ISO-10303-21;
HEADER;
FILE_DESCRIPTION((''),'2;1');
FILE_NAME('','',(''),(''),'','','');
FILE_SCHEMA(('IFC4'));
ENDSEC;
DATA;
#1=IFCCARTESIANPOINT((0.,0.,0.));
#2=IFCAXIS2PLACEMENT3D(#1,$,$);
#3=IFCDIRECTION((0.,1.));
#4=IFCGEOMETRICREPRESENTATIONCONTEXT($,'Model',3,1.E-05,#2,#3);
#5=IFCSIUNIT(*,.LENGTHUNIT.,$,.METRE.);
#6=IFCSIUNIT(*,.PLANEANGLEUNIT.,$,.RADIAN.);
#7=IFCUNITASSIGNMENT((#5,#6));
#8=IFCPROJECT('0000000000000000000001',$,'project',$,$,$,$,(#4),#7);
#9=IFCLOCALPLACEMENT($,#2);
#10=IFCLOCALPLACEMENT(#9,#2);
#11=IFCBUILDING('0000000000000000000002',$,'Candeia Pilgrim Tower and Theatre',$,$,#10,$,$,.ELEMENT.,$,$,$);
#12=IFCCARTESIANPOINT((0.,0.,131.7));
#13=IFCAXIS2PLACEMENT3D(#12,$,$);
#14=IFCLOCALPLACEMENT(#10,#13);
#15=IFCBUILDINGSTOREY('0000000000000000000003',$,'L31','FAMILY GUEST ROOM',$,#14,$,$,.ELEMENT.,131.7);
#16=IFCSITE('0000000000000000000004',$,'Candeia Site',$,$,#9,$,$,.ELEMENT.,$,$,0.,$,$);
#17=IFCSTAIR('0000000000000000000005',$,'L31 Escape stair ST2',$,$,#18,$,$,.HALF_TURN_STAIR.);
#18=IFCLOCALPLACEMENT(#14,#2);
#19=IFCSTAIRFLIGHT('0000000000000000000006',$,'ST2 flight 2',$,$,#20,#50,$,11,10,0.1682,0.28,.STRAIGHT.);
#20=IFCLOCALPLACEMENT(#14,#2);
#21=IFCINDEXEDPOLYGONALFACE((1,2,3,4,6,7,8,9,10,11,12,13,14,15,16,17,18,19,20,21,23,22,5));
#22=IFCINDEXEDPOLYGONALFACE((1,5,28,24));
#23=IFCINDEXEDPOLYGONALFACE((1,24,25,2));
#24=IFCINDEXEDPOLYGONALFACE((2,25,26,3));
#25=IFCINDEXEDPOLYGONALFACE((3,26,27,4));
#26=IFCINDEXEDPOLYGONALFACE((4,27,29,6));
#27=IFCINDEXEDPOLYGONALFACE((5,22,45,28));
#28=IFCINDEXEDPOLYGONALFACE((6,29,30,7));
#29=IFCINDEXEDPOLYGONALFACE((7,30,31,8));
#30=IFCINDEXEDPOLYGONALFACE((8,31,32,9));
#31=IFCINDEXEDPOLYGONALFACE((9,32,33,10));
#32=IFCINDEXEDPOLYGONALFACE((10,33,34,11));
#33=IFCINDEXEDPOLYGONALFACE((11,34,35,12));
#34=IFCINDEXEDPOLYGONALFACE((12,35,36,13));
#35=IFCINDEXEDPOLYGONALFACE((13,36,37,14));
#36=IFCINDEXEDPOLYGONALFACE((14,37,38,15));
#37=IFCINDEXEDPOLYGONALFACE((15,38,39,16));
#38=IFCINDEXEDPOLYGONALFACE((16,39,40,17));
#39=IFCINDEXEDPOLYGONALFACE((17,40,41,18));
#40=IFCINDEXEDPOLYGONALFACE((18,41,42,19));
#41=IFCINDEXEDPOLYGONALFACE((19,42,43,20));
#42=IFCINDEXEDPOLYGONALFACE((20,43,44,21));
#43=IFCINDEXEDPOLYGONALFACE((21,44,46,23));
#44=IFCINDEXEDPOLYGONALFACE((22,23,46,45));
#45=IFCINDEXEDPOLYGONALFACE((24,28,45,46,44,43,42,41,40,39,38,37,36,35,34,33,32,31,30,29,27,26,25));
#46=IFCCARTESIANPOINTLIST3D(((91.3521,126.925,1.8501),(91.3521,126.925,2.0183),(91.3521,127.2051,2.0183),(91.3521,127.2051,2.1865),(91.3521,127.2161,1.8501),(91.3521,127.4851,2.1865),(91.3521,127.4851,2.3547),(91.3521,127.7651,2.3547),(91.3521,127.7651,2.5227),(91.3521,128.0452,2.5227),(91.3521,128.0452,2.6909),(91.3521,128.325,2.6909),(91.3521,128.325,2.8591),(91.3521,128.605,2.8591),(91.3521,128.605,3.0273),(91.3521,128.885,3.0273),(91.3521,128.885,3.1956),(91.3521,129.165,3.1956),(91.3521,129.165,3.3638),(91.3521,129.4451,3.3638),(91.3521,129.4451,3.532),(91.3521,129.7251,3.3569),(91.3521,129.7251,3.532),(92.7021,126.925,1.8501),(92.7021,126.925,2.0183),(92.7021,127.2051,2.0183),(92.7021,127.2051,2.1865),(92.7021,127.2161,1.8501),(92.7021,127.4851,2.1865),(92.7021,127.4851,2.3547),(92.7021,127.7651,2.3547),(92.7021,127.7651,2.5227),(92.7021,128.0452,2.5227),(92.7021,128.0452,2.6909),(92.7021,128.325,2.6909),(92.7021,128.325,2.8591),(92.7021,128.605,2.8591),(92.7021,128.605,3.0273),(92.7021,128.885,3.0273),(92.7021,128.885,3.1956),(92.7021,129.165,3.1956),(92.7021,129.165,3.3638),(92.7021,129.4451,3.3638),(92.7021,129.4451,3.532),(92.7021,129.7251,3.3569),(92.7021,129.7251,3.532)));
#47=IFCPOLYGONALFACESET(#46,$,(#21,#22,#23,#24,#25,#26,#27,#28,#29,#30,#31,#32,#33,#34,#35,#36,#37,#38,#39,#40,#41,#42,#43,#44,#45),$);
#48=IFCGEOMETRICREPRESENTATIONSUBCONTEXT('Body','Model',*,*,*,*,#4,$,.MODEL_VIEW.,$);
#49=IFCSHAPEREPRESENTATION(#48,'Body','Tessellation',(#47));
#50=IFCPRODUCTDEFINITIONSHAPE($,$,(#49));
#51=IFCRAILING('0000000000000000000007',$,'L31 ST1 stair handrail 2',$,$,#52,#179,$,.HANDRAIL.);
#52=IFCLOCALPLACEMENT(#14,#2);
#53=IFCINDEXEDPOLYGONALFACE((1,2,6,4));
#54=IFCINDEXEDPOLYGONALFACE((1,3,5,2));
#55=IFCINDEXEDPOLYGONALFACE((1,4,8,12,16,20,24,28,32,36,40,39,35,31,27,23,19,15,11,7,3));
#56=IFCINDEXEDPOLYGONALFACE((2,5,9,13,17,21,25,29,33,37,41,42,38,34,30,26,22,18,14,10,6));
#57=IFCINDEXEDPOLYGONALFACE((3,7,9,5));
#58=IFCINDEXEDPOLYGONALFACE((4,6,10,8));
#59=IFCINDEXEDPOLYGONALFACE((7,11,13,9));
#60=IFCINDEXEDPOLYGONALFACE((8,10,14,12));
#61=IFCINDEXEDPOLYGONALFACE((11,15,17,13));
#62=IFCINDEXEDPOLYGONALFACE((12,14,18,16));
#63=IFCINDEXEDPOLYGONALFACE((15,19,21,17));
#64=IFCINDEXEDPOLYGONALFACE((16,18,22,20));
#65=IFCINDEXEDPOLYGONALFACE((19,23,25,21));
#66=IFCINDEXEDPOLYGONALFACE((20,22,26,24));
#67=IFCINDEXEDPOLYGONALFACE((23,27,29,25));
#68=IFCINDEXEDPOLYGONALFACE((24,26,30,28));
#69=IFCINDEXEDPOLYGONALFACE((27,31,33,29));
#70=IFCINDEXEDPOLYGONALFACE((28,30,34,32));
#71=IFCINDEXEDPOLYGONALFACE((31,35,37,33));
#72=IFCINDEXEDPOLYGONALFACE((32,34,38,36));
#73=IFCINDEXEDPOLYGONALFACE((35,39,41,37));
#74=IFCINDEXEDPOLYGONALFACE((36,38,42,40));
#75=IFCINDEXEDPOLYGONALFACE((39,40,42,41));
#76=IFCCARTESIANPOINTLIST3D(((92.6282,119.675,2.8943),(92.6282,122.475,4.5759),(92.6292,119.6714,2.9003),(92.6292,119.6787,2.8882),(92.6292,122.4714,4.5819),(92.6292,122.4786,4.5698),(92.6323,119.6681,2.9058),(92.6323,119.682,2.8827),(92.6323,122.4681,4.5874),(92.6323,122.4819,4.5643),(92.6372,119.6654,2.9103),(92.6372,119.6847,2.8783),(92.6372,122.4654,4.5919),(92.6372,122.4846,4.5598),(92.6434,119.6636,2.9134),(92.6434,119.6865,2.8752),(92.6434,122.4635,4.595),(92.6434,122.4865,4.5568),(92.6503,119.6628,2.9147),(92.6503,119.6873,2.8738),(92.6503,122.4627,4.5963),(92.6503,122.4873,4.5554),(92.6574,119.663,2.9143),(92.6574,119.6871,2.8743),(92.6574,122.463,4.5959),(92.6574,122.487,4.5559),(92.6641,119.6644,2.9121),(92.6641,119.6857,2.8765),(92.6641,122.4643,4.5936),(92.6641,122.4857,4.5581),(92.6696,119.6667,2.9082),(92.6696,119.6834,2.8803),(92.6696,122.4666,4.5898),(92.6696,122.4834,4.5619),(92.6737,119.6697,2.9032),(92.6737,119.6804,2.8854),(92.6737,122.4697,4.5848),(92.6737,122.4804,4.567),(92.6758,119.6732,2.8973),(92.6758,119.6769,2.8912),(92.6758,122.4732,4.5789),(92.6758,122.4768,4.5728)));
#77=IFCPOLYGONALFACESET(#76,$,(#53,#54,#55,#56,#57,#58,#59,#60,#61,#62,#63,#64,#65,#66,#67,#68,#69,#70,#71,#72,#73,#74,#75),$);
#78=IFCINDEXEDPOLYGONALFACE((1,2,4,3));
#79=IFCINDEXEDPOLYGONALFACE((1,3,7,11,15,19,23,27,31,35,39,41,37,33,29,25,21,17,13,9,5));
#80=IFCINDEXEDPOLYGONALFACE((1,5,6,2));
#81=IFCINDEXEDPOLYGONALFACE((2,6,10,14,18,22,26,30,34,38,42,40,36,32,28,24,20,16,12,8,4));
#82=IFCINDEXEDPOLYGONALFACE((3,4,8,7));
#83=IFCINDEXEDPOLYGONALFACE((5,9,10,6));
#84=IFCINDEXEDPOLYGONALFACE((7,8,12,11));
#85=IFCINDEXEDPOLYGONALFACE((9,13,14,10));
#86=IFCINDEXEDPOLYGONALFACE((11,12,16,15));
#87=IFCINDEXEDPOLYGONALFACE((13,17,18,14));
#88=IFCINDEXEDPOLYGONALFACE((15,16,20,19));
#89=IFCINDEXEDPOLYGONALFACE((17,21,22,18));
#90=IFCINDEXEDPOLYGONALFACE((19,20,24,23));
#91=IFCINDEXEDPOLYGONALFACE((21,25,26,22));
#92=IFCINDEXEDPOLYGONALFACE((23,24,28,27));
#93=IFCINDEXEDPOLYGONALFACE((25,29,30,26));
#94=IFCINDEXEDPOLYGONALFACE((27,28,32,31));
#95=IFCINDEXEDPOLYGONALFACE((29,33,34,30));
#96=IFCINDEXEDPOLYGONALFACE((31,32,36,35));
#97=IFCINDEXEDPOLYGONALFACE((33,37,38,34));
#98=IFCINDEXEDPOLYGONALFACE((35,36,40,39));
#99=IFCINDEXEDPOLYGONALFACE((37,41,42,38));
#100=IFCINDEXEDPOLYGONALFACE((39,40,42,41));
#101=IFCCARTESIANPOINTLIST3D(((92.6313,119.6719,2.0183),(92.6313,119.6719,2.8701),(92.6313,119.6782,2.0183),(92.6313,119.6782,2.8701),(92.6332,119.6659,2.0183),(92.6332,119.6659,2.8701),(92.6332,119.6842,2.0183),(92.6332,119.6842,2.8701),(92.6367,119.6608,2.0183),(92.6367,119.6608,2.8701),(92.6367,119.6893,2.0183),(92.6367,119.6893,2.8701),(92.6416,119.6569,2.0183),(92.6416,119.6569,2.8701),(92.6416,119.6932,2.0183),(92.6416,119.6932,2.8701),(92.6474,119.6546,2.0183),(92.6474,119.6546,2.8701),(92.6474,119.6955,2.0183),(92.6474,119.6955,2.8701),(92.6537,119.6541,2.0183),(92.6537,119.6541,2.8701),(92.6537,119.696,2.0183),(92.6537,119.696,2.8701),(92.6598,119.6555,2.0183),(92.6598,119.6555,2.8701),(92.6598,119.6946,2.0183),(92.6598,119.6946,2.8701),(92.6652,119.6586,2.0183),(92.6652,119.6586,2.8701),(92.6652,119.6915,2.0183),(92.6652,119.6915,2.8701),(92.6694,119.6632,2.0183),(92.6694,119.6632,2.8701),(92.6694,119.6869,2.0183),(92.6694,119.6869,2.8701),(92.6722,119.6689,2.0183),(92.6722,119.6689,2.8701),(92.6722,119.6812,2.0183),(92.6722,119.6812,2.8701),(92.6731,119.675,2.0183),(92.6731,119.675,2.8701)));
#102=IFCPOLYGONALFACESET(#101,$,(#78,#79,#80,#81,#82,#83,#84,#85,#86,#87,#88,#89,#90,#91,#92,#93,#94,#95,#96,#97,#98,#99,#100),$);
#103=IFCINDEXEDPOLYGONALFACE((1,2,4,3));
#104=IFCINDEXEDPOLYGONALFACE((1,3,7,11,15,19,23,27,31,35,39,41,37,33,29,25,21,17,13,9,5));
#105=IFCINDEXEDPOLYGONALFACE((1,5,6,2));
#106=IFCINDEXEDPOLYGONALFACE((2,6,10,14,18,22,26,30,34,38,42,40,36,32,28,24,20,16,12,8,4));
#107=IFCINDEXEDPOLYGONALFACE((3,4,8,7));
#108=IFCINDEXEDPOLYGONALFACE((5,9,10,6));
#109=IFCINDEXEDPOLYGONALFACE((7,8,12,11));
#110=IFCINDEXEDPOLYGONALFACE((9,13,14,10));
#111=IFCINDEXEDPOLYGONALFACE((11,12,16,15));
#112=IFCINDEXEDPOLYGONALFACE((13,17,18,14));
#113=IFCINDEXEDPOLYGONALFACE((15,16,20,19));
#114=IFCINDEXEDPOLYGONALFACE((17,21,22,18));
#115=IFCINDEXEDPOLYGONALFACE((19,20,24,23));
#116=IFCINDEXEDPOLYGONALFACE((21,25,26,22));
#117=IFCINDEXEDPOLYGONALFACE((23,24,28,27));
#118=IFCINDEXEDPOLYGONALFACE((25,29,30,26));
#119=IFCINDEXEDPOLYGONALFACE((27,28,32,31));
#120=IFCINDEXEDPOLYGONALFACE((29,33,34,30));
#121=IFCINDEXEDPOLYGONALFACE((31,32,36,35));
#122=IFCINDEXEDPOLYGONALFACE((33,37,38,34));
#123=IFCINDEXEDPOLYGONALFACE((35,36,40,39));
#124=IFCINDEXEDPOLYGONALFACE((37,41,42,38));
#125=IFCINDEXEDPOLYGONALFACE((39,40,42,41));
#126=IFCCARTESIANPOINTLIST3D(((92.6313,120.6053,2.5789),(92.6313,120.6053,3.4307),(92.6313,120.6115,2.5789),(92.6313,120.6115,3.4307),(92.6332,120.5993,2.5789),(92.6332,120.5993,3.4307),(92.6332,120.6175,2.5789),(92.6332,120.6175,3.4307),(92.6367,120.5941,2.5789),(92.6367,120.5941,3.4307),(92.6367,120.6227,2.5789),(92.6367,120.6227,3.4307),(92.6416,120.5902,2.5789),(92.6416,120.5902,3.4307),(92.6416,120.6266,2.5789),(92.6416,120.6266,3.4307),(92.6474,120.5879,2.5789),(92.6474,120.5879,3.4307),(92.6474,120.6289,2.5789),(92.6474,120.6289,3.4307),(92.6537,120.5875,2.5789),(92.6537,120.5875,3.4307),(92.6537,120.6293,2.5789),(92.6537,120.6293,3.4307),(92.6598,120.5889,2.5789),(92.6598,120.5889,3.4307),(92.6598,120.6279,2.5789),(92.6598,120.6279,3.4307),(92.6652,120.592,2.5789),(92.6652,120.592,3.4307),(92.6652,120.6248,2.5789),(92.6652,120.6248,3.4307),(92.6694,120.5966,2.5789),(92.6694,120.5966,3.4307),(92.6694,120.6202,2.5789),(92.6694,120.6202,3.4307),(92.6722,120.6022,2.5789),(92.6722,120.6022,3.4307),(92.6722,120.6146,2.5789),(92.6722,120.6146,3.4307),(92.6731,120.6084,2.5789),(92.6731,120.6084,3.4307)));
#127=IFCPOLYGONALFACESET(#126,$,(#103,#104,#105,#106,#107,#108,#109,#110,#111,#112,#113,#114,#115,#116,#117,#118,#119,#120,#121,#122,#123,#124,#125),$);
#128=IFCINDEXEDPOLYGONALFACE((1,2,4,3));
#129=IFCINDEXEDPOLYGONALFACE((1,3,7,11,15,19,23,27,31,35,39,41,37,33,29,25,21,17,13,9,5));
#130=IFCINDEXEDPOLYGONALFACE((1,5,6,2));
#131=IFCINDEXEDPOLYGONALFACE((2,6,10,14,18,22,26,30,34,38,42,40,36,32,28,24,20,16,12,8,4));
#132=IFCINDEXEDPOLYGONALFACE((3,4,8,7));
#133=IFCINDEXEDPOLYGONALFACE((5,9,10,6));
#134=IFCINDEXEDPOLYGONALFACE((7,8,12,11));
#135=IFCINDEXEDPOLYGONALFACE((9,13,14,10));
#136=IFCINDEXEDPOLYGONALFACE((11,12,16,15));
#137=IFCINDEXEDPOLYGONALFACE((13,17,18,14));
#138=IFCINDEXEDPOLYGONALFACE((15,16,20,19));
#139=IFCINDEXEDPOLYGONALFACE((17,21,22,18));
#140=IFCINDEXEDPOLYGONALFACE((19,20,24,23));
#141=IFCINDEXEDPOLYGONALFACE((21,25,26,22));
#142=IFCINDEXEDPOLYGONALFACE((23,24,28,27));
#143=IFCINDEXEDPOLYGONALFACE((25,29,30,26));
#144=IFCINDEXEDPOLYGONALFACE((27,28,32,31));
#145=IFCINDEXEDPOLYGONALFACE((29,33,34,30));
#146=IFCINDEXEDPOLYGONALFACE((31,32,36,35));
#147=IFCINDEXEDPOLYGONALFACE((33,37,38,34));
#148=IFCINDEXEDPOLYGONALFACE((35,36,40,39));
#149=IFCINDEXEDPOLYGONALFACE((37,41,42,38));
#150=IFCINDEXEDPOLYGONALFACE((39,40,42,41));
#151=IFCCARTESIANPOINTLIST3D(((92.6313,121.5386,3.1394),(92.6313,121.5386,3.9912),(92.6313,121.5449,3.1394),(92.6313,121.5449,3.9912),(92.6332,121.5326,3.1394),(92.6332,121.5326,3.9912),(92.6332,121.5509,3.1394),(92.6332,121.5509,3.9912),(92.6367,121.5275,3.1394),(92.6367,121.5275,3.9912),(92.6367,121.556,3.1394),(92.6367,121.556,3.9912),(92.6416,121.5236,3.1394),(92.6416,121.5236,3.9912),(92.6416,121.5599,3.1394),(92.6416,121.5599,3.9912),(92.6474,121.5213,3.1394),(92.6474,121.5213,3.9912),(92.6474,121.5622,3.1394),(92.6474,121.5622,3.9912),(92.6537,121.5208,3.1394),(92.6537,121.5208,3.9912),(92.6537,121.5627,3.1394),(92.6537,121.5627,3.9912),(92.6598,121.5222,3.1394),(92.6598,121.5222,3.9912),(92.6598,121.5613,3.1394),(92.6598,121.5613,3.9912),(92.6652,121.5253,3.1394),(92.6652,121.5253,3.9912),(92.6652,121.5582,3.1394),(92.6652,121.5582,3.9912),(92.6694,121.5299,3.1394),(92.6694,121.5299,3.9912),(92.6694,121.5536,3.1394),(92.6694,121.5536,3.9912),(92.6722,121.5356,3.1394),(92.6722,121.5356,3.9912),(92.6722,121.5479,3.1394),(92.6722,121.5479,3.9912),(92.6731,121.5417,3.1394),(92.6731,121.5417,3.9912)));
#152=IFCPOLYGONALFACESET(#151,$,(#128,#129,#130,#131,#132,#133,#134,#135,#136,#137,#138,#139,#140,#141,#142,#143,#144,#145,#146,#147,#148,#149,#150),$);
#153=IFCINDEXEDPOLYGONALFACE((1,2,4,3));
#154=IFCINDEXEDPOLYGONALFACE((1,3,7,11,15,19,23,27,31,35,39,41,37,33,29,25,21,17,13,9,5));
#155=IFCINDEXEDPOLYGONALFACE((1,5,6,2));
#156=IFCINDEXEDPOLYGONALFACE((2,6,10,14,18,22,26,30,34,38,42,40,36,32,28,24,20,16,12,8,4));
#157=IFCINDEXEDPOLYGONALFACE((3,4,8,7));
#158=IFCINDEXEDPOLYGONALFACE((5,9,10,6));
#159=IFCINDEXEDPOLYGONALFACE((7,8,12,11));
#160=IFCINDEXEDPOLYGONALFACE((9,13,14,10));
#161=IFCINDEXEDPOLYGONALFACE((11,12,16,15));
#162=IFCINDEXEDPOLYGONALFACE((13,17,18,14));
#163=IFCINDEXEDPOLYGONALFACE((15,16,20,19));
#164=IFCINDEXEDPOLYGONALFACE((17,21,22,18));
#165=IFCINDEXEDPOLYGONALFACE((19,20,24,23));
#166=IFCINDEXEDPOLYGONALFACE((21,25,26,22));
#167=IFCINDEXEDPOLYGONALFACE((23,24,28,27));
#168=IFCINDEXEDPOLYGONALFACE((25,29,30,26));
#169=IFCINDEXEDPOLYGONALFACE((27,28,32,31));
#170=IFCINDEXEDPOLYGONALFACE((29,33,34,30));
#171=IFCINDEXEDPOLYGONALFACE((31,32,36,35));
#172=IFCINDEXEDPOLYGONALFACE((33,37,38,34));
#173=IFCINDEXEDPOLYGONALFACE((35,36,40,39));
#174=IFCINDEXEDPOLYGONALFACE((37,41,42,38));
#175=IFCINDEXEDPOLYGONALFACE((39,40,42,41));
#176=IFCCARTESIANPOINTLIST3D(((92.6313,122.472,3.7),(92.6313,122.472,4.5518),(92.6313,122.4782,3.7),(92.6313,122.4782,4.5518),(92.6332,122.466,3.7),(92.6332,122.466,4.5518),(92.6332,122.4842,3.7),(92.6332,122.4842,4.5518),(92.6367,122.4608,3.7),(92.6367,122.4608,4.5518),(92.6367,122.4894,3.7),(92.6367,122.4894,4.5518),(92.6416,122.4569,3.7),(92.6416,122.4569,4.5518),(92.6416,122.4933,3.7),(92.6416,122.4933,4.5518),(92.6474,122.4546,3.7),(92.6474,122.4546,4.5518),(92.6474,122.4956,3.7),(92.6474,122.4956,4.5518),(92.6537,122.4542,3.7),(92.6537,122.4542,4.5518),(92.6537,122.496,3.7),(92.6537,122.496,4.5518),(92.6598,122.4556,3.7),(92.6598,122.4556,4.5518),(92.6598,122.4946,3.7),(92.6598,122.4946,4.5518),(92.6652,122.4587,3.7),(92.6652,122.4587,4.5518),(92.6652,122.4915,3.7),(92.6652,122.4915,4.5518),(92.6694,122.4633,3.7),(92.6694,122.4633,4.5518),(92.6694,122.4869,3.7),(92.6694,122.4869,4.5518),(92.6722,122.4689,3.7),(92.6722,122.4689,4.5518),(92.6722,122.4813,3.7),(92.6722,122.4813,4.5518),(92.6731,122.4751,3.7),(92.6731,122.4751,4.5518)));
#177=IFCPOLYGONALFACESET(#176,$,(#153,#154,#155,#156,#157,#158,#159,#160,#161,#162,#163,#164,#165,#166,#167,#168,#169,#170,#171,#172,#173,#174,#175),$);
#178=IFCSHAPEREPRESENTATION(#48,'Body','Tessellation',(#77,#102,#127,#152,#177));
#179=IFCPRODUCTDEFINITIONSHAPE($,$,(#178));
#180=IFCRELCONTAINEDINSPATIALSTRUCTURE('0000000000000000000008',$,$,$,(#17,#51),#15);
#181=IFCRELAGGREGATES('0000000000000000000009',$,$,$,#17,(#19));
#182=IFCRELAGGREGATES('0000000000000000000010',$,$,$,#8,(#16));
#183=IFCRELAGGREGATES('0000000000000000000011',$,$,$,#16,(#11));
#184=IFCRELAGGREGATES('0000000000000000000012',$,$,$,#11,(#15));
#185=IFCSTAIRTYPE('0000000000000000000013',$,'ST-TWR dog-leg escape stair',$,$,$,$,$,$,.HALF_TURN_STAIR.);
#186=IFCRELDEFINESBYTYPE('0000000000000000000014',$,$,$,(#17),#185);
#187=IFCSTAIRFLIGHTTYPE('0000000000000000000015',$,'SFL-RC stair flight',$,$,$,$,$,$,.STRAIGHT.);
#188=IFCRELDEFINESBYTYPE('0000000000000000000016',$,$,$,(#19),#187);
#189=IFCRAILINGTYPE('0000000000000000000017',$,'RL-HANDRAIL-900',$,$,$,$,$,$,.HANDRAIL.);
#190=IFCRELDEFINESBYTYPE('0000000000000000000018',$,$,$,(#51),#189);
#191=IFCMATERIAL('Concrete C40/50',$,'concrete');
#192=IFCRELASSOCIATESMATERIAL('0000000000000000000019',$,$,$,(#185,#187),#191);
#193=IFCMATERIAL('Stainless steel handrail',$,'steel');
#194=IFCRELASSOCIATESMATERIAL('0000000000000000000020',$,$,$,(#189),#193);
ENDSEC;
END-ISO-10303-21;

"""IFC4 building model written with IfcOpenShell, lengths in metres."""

from ifc_helpers import new_model, si_unit, direction, frame, origin, origin_2d, place, context, subcontext, project, spatial, polyline, circle, outline, extrude, material, type_object, element, aggregate, save


model = new_model("IFC4")

# Units and contexts
model_context = context("Model", 3, precision=1e-05, world=origin(), true_north=direction((0.0, 1.0)))
body_context = subcontext(model_context, "Body", "Model", "MODEL_VIEW")
ifc_project = project(units=[si_unit("LENGTHUNIT", "METRE"), si_unit("PLANEANGLEUNIT", "RADIAN")], contexts=[model_context])

# Site, building, storey
site_placement = place(None, origin())
site = spatial("IfcSite", under=ifc_project, at=site_placement, Name="Candeia Site", CompositionType="ELEMENT", RefElevation=0.0)
building_placement = place(site_placement, origin())
building = spatial("IfcBuilding", under=site, at=building_placement, Name="Candeia Pilgrim Tower and Theatre", CompositionType="ELEMENT")
storey_placement = place(building_placement, frame((0.0, 0.0, 131.7)))
storey = spatial("IfcBuildingStorey", under=building, at=storey_placement, Name="L31", Description="FAMILY GUEST ROOM", CompositionType="ELEMENT", Elevation=131.7)

# Shared definitions
ifc_material_1 = material(Name="Concrete C40/50", Category="concrete")

# Stair, stair flight
stair_type = type_object("IfcStairType", Name="ST-TWR dog-leg escape stair", PredefinedType="HALF_TURN_STAIR", material=ifc_material_1)
stair_placement = place(storey_placement, origin())
stair = element("IfcStair", 1, at=stair_placement, inside=storey, type_object=stair_type, Name="L31 Escape stair ST2", PredefinedType="HALF_TURN_STAIR")
stair_flight_type = type_object("IfcStairFlightType", Name="SFL-RC stair flight", PredefinedType="STRAIGHT", material=ifc_material_1)
stair_flight_placement = place(storey_placement, frame((92.0271, 126.925, 1.8501), z_axis=(0.0, 0.0, 1.0), x_axis=(0.0, 1.0, 0.0)))
stair_flight = element("IfcStairFlight", 2, at=stair_flight_placement, type_object=stair_flight_type, Name="ST2 flight 2", NumberOfRisers=11, NumberOfTreads=10, PredefinedType="STRAIGHT", RiserHeight=0.1682, TreadLength=0.28, context=body_context, shape_type="SweptSolid", body=[
    extrude(outline(polyline([(0.0, 0.0), (0.0, 0.1682), (0.28, 0.1682), (0.28, 0.3364), (0.5601, 0.3364), (0.5601, 0.5046), (0.8401, 0.5046), (0.8401, 0.6726), (1.1201, 0.6726), (1.1201, 0.8408), (1.3999, 0.8408), (1.3999, 1.009), (1.6799, 1.009), (1.6799, 1.1772), (1.96, 1.1772), (1.96, 1.3455), (2.24, 1.3455), (2.24, 1.5137), (2.52, 1.5137), (2.52, 1.6819), (2.8, 1.6819), (2.8, 1.8501), (2.8, 1.5068), (0.291, 0.0), (0.0, 0.0)])), frame((0.0, 0.675, 0.0), z_axis=(0.0, -1.0, 0.0), x_axis=(1.0, 0.0, 0.0)), (0.0, 0.0, 1.0), 1.3501),
])
aggregate(stair, [stair_flight])

# Railing
ifc_material_2 = material(Name="Stainless steel handrail", Category="steel")
railing_type = type_object("IfcRailingType", Name="RL-HANDRAIL-900", PredefinedType="HANDRAIL", material=ifc_material_2)
for number, where, name in (
    (3, (92.6521, 119.675, 2.0183), "L31 ST1 stair handrail 2"),
):
    element("IfcRailing", number, at=place(storey_placement, frame(where)), inside=storey, type_object=railing_type, Name=name, PredefinedType="HANDRAIL", context=body_context, shape_type="SweptSolid", body=[
        extrude(circle(Radius=0.0239, at=origin_2d()), frame((0.0, 0.0, 0.876), z_axis=(0.0, 0.857275, 0.514858), x_axis=(-1.0, 0.0, 0.0)), (0.0, 0.0, 1.0), 3.2661),
        extrude(circle(Radius=0.021, at=origin_2d()), origin(), (0.0, 0.0, 1.0), 0.8518),
        extrude(circle(Radius=0.021, at=origin_2d()), frame((0.0, 0.9333, 0.5605)), (0.0, 0.0, 1.0), 0.8518),
        extrude(circle(Radius=0.021, at=origin_2d()), frame((0.0, 1.8667, 1.1211)), (0.0, 0.0, 1.0), 0.8518),
        extrude(circle(Radius=0.021, at=origin_2d()), frame((0.0, 2.8, 1.6816)), (0.0, 0.0, 1.0), 0.8518),
    ])

save(model, "model.ifc")
